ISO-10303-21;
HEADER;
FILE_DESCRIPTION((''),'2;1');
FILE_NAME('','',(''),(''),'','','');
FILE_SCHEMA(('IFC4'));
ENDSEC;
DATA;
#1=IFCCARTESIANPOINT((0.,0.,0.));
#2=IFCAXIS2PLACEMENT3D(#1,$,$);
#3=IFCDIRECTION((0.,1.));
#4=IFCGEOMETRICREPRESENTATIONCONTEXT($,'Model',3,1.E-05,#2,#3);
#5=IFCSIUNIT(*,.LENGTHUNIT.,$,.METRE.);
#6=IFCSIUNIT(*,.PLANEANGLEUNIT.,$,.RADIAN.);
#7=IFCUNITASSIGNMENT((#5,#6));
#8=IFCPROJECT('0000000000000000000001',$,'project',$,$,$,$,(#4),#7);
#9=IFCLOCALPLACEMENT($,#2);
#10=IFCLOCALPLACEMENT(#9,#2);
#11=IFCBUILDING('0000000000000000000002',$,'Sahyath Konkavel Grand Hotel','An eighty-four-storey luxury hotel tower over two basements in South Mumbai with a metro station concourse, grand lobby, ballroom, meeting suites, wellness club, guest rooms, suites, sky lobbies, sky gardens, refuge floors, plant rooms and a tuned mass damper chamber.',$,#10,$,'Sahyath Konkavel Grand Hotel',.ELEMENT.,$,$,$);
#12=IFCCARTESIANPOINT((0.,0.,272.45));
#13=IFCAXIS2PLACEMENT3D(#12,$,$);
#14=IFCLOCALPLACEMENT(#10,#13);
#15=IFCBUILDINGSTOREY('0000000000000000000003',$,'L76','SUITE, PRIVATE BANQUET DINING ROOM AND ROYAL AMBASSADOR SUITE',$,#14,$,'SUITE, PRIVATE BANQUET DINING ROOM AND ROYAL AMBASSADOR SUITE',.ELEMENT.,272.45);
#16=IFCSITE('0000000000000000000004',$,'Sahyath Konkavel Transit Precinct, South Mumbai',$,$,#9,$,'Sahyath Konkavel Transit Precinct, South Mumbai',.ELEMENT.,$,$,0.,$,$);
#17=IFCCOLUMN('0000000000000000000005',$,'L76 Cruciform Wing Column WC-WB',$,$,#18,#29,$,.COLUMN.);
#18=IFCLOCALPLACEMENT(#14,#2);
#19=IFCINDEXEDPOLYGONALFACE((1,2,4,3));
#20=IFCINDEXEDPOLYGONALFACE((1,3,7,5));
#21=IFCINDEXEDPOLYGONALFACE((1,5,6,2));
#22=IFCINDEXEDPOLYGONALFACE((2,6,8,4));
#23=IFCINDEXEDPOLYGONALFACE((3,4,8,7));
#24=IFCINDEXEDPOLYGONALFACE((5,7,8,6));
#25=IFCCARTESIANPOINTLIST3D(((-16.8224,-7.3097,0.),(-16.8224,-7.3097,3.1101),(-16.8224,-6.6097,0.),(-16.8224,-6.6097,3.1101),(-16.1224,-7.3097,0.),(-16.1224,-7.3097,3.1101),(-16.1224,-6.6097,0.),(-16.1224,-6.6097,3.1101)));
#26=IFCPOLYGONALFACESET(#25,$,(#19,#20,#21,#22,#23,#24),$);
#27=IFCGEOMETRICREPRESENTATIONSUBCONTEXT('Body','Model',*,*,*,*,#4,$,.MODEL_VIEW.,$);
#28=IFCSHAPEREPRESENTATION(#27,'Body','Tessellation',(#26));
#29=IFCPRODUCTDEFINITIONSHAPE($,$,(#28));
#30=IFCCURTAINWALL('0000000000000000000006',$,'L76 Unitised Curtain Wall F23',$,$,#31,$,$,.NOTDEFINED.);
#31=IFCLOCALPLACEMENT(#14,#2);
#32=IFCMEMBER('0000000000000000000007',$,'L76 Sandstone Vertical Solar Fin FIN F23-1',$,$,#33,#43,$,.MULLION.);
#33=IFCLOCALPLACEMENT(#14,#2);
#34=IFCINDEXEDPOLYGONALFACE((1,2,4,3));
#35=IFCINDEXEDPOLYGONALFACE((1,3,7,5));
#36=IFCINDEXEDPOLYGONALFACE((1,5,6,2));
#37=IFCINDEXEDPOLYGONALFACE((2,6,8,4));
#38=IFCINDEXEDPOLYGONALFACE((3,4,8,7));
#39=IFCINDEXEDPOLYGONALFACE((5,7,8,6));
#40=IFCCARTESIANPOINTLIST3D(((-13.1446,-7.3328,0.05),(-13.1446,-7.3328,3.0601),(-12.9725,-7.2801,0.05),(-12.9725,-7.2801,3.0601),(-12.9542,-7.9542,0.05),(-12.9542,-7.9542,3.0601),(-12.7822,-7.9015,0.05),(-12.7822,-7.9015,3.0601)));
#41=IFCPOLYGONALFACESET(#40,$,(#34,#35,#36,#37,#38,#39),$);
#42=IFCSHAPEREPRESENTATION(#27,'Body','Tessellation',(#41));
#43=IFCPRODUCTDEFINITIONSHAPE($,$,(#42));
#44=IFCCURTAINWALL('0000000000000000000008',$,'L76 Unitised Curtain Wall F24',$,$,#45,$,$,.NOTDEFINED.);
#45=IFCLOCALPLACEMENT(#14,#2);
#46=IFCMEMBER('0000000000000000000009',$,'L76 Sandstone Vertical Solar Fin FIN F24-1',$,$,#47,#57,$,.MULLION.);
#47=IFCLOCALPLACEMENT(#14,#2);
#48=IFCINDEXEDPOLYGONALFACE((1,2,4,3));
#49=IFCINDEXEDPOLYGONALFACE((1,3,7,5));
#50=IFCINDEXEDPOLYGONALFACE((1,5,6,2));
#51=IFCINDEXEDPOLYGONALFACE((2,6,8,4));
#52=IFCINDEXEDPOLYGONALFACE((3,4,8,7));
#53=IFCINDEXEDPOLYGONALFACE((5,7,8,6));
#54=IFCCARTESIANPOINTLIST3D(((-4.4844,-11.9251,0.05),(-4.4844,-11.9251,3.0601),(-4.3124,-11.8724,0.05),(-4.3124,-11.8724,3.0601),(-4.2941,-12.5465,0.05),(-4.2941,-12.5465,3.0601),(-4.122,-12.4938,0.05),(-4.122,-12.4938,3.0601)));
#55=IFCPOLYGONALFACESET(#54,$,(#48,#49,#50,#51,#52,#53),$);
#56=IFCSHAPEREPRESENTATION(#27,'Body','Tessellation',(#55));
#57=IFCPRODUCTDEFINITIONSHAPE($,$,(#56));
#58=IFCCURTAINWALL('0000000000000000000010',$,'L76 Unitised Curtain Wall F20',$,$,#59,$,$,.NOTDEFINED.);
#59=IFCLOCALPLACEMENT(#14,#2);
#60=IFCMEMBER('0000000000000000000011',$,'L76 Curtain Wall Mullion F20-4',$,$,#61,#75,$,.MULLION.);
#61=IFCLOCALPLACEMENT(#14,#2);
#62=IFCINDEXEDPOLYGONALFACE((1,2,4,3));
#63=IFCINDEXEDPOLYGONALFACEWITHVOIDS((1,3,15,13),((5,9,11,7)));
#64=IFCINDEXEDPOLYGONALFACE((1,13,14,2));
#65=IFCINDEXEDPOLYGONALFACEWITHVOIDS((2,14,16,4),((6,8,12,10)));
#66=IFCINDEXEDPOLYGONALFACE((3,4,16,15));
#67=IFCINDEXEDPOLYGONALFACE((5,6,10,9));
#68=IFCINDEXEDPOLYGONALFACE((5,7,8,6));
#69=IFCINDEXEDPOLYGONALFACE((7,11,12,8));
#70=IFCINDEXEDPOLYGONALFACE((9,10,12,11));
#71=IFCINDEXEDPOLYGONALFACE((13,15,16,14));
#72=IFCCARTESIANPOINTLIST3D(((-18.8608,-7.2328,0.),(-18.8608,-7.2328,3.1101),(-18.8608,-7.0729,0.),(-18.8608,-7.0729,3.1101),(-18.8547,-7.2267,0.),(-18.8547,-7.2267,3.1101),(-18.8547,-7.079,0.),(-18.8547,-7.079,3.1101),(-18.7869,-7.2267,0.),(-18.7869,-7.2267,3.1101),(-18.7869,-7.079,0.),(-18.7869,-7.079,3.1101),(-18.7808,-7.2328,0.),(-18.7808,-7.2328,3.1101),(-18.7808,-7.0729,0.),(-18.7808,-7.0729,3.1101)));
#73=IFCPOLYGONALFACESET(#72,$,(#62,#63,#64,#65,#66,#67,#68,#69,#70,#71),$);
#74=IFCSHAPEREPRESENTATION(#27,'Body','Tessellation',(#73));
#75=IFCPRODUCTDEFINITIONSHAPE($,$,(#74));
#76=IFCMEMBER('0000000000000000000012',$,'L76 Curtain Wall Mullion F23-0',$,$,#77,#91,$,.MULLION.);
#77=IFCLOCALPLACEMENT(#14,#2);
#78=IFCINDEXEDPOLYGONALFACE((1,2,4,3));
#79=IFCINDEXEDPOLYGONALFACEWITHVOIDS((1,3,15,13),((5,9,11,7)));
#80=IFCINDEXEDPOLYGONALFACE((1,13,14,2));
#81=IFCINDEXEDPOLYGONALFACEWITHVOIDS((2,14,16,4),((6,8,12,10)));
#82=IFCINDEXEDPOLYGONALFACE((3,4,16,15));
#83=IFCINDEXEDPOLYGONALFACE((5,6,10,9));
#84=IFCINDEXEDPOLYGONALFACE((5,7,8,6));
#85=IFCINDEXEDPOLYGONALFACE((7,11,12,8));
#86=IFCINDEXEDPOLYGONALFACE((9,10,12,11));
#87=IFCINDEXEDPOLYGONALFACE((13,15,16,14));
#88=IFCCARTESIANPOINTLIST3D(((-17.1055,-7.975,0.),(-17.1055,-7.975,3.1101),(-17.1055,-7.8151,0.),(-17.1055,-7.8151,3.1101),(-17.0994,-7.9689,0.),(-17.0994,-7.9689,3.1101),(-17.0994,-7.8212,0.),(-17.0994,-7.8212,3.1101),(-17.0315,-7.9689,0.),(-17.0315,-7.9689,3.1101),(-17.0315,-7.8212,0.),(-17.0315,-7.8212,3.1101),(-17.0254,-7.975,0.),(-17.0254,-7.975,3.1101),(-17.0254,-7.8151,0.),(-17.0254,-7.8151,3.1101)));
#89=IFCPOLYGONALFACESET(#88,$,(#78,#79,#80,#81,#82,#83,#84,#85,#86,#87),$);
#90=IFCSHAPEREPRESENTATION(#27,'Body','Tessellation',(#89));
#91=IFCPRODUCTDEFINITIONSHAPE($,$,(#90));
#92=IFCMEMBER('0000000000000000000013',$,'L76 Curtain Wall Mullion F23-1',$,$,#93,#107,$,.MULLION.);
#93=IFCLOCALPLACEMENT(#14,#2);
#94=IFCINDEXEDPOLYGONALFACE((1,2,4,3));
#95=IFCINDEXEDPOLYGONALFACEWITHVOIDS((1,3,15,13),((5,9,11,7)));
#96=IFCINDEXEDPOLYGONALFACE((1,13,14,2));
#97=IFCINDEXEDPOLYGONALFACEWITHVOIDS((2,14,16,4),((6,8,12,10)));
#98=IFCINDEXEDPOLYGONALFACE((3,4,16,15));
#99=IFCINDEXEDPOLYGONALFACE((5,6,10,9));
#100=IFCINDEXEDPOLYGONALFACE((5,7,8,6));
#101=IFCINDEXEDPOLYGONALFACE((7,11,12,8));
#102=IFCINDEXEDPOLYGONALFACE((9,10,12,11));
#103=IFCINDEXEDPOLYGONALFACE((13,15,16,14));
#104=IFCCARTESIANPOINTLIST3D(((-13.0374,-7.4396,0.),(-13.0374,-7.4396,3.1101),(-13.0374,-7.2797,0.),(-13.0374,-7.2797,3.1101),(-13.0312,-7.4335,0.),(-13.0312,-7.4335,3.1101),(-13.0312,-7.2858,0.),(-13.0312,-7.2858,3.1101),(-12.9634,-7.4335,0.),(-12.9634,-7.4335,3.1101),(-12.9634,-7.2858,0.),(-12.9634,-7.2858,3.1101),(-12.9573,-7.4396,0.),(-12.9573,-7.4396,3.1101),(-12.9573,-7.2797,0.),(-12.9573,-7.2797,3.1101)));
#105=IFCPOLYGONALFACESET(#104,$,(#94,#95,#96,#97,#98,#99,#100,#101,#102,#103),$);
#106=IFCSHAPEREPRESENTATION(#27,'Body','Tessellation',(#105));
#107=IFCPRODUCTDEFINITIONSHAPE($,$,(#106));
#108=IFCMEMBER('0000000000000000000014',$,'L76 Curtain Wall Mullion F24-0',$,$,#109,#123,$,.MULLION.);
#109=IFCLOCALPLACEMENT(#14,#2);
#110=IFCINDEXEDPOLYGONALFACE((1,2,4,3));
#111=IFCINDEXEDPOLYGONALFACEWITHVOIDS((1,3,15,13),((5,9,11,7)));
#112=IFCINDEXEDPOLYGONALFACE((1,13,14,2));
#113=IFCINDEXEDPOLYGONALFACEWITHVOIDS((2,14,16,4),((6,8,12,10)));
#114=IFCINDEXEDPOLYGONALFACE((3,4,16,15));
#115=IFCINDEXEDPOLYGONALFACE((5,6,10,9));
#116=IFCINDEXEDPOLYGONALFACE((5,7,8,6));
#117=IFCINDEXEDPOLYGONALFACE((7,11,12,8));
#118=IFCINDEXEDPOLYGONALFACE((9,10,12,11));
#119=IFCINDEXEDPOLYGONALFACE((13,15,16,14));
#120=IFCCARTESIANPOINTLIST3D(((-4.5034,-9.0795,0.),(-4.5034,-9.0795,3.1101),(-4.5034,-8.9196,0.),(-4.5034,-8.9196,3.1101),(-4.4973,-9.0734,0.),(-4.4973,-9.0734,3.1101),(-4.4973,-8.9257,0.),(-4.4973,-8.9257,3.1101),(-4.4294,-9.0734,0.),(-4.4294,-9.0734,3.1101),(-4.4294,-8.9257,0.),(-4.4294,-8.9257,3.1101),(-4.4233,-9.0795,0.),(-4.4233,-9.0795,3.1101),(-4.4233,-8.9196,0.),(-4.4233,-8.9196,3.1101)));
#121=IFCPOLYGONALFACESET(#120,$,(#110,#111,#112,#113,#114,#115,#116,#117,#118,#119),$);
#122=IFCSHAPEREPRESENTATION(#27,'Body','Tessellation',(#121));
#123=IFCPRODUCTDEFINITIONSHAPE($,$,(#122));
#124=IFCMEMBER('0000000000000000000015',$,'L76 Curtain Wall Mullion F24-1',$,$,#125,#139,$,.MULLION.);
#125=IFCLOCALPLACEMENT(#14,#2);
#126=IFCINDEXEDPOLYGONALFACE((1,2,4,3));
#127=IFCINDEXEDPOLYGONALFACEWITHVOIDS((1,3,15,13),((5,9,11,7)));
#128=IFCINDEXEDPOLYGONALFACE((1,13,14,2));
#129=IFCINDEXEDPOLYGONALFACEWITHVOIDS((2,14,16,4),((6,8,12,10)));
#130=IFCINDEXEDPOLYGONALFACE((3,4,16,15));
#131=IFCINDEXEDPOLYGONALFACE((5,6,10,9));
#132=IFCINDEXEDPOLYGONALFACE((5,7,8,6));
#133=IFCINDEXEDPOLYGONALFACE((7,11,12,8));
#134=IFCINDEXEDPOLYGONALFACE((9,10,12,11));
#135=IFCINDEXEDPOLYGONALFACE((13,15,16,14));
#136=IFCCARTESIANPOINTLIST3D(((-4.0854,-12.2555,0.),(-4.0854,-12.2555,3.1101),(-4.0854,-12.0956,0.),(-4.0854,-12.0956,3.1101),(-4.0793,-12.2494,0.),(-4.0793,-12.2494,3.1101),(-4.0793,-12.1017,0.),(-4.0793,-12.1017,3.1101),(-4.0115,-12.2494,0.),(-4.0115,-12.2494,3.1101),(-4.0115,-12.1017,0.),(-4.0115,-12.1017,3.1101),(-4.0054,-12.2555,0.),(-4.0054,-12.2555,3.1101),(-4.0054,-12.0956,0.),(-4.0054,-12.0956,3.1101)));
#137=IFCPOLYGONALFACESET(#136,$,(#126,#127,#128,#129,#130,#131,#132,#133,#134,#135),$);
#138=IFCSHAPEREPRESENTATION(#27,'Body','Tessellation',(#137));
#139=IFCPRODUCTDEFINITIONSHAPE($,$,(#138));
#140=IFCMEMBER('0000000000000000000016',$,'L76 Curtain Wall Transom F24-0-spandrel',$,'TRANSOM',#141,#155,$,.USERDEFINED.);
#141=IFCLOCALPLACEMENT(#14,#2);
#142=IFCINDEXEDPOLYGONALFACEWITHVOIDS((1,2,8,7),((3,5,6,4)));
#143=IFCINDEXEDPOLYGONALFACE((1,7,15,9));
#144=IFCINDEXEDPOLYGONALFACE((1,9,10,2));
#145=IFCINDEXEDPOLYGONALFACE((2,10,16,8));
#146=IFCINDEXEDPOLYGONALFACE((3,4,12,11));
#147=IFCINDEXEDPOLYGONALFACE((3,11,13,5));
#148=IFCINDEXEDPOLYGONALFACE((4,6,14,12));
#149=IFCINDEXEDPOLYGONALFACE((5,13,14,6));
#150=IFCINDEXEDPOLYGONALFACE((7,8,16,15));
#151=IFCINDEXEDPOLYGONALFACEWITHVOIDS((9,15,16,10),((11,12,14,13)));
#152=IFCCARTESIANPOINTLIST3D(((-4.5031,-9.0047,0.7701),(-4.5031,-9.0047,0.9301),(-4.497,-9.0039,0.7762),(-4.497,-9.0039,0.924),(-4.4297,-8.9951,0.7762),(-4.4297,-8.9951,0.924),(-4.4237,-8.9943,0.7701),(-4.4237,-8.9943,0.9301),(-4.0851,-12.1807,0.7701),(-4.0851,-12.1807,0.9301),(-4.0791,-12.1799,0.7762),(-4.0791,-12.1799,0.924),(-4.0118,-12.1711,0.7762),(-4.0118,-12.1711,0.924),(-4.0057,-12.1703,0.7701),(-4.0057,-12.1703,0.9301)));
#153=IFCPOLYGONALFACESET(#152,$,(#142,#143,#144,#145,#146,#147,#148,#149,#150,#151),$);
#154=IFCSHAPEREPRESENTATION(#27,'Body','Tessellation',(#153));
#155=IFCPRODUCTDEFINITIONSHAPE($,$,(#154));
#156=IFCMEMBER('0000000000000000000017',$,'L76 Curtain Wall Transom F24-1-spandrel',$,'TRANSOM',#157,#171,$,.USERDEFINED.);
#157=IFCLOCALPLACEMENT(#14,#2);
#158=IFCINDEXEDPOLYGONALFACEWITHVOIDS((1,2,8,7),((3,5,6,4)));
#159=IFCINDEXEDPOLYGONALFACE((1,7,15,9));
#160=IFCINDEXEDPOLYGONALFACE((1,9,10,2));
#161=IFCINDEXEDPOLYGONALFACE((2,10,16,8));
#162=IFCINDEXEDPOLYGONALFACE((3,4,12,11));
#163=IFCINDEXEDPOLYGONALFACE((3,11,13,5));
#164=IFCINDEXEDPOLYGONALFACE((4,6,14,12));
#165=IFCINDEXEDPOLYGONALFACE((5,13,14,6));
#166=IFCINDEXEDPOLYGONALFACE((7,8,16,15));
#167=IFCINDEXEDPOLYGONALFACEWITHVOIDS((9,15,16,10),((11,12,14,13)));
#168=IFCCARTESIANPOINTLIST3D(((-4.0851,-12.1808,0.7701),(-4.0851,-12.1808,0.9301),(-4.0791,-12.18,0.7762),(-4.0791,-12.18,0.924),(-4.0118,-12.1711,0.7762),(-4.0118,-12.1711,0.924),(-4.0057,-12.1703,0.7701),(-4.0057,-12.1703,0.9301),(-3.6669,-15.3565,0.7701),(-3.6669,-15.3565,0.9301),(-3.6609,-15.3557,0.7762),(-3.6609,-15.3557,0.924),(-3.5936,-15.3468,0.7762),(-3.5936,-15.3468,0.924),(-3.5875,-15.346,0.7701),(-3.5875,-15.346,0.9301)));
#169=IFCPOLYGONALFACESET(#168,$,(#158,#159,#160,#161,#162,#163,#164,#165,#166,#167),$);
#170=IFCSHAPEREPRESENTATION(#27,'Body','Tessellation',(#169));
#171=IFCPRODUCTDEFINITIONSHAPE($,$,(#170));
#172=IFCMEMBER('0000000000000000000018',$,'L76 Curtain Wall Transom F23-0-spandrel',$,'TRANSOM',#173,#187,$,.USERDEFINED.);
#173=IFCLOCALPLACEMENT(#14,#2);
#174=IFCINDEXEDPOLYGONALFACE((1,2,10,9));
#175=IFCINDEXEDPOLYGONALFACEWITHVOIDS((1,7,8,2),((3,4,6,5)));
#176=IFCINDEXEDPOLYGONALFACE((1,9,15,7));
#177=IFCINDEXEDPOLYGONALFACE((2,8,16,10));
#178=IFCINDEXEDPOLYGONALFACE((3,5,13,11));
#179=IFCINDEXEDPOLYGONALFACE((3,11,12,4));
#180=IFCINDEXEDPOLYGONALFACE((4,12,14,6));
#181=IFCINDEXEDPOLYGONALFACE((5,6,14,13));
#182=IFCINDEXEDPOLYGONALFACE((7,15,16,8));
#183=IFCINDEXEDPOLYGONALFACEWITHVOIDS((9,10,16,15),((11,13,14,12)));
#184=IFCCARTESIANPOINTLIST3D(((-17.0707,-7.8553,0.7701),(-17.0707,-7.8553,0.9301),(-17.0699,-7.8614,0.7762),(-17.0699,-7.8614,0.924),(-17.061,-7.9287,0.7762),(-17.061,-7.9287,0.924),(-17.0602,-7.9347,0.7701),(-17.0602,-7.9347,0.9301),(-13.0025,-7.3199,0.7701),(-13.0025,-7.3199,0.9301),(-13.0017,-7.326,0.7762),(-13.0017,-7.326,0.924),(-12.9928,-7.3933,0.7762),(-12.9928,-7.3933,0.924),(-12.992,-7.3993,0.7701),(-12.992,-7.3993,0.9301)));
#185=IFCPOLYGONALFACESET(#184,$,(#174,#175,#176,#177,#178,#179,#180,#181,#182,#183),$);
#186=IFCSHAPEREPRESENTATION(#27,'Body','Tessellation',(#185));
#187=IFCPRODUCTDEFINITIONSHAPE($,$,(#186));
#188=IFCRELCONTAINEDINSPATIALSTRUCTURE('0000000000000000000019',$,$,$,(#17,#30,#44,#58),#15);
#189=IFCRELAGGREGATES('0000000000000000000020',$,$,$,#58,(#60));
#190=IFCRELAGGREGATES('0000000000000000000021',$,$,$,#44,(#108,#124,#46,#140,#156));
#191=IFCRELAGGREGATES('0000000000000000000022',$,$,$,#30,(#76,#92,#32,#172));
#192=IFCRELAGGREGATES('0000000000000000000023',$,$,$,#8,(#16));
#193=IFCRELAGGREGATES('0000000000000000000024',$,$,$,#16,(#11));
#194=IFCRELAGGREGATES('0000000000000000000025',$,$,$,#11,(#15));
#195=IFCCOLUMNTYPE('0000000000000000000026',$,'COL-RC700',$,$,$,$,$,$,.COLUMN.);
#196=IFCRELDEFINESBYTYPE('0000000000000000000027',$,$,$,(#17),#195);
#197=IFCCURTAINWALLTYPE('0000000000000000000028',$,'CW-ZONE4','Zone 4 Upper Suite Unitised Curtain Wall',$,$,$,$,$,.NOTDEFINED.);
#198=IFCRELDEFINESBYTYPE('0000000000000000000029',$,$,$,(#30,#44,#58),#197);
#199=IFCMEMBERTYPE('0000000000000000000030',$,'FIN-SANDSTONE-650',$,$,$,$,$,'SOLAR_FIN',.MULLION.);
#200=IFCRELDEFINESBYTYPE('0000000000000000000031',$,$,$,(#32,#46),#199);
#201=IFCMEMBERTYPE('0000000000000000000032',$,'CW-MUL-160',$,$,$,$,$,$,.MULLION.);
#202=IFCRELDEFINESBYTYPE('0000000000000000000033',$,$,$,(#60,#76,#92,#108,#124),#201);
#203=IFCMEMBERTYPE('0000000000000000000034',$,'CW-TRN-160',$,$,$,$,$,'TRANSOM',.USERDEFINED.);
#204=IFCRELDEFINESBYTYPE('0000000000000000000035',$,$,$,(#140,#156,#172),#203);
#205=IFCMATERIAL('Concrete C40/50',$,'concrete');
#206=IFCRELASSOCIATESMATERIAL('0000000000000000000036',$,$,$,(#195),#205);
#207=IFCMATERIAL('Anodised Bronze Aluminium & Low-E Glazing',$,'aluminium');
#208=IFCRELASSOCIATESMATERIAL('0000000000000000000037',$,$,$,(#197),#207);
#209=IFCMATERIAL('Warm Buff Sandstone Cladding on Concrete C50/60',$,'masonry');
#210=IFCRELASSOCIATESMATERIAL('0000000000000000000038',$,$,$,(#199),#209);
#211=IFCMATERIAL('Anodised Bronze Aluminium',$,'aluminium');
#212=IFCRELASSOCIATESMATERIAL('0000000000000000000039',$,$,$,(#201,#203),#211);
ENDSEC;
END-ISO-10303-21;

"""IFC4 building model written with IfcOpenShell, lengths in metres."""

from ifc_helpers import new_model, si_unit, direction, frame, origin, origin_2d, place, context, subcontext, project, spatial, rectangle, hollow_rectangle, extrude, source, transform, mapped, material, material_profile, profile_set, type_object, element, aggregate, save


model = new_model("IFC4")

# Units and contexts
model_context = context("Model", 3, precision=1e-05, world=origin(), true_north=direction((0.0, 1.0)))
body_context = subcontext(model_context, "Body", "Model", "MODEL_VIEW")
ifc_project = project(units=[si_unit("LENGTHUNIT", "METRE"), si_unit("PLANEANGLEUNIT", "RADIAN")], contexts=[model_context])

# Site, building, storey
site_placement = place(None, origin())
site = spatial("IfcSite", under=ifc_project, at=site_placement, Name="Sahyath Konkavel Transit Precinct, South Mumbai", LongName="Sahyath Konkavel Transit Precinct, South Mumbai", CompositionType="ELEMENT", RefElevation=0.0)
building_placement = place(site_placement, origin())
building = spatial("IfcBuilding", under=site, at=building_placement, Name="Sahyath Konkavel Grand Hotel", Description="An eighty-four-storey luxury hotel tower over two basements in South Mumbai with a metro station concourse, grand lobby, ballroom, meeting suites, wellness club, guest rooms, suites, sky lobbies, sky gardens, refuge floors, plant rooms and a tuned mass damper chamber.", LongName="Sahyath Konkavel Grand Hotel", CompositionType="ELEMENT")
storey_placement = place(building_placement, frame((0.0, 0.0, 272.45)))
storey = spatial("IfcBuildingStorey", under=building, at=storey_placement, Name="L76", Description="SUITE, PRIVATE BANQUET DINING ROOM AND ROYAL AMBASSADOR SUITE", LongName="SUITE, PRIVATE BANQUET DINING ROOM AND ROYAL AMBASSADOR SUITE", CompositionType="ELEMENT", Elevation=272.45)

# Column
ifc_material_1 = material(Name="Concrete C40/50", Category="concrete")
ifc_material_profile_1 = material_profile(ifc_material_1, rectangle(XDim=0.7, YDim=0.7, at=origin_2d()), Name="RC 700x700")
ifc_profile_set_1 = profile_set([ifc_material_profile_1], Name="Concrete C40/50")
column_type = type_object("IfcColumnType", Name="COL-RC700", PredefinedType="COLUMN", material=ifc_profile_set_1)
shared_shape_1 = source(origin(), body_context, "Body", "SweptSolid", [
    extrude(rectangle(XDim=0.7, YDim=0.7, at=origin_2d()), origin(), (0.0, 0.0, 1.0), 3.1101),
])
column_placement = place(storey_placement, frame((-16.4724, -6.9597, 0.0), z_axis=(0.0, 0.0, 1.0), x_axis=(1.0, 0.0, 0.0)))
element("IfcColumn", 1, at=column_placement, inside=storey, type_object=column_type, Name="L76 Cruciform Wing Column WC-WB", PredefinedType="COLUMN", context=body_context, shape_type="MappedRepresentation", body=[
    mapped(shared_shape_1, transform((0.0, 0.0, 0.0), scale=1.0)),
])

# Curtain walls, members
ifc_material_2 = material(Name="Anodised Bronze Aluminium & Low-E Glazing", Category="aluminium")
curtain_wall_type = type_object("IfcCurtainWallType", Name="CW-ZONE4", Description="Zone 4 Upper Suite Unitised Curtain Wall", PredefinedType="NOTDEFINED", material=ifc_material_2)
curtain_wall_1_placement = place(storey_placement, origin())
curtain_wall_1 = element("IfcCurtainWall", 2, at=curtain_wall_1_placement, inside=storey, type_object=curtain_wall_type, Name="L76 Unitised Curtain Wall F23", PredefinedType="NOTDEFINED")
ifc_material_3 = material(Name="Warm Buff Sandstone Cladding on Concrete C50/60", Category="masonry")
ifc_material_profile_2 = material_profile(ifc_material_3, rectangle(XDim=0.1799, YDim=0.6499, at=origin_2d()), Name="FIN 180x650")
ifc_profile_set_2 = profile_set([ifc_material_profile_2], Name="Warm Buff Sandstone Cladding on Concrete C50/60")
member_type_1 = type_object("IfcMemberType", Name="FIN-SANDSTONE-650", ElementType="SOLAR_FIN", PredefinedType="MULLION", material=ifc_profile_set_2)
shared_shape_2 = source(origin(), body_context, "Body", "SweptSolid", [
    extrude(rectangle(XDim=0.1799, YDim=0.6499, at=origin_2d()), origin(), (0.0, 0.0, 1.0), 3.01),
])
member_1_placement = place(storey_placement, frame((-12.9634, -7.6172, 0.05), z_axis=(0.0, 0.0, 1.0), x_axis=(0.956152, 0.292872, 0.0)))
member_1 = element("IfcMember", 3, at=member_1_placement, type_object=member_type_1, Name="L76 Sandstone Vertical Solar Fin FIN F23-1", PredefinedType="MULLION", context=body_context, shape_type="MappedRepresentation", body=[
    mapped(shared_shape_2, transform((0.0, 0.0, 0.0), scale=1.0)),
])
curtain_wall_2_placement = place(storey_placement, origin())
curtain_wall_2 = element("IfcCurtainWall", 4, at=curtain_wall_2_placement, inside=storey, type_object=curtain_wall_type, Name="L76 Unitised Curtain Wall F24", PredefinedType="NOTDEFINED")
member_2_placement = place(storey_placement, frame((-4.3032, -12.2095, 0.05), z_axis=(0.0, 0.0, 1.0), x_axis=(0.956152, 0.292872, 0.0)))
member_2 = element("IfcMember", 5, at=member_2_placement, type_object=member_type_1, Name="L76 Sandstone Vertical Solar Fin FIN F24-1", PredefinedType="MULLION", context=body_context, shape_type="MappedRepresentation", body=[
    mapped(shared_shape_2, transform((0.0, 0.0, 0.0), scale=1.0)),
])
curtain_wall_3_placement = place(storey_placement, origin())
curtain_wall_3 = element("IfcCurtainWall", 6, at=curtain_wall_3_placement, inside=storey, type_object=curtain_wall_type, Name="L76 Unitised Curtain Wall F20", PredefinedType="NOTDEFINED")
ifc_material_4 = material(Name="Anodised Bronze Aluminium", Category="aluminium")
ifc_material_profile_3 = material_profile(ifc_material_4, hollow_rectangle(XDim=0.0801, YDim=0.1599, WallThickness=0.0061, at=origin_2d()), Name="RHS 160x80x6")
ifc_profile_set_3 = profile_set([ifc_material_profile_3], Name="Anodised Bronze Aluminium")
member_type_2 = type_object("IfcMemberType", Name="CW-MUL-160", PredefinedType="MULLION", material=ifc_profile_set_3)
shared_shape_3 = source(origin(), body_context, "Body", "SweptSolid", [
    extrude(hollow_rectangle(XDim=0.0801, YDim=0.1599, WallThickness=0.0061, at=origin_2d()), origin(), (0.0, 0.0, 1.0), 3.1101),
])
member_3_placement = place(storey_placement, frame((-18.8208, -7.1528, 0.0), z_axis=(0.0, 0.0, 1.0), x_axis=(1.0, 0.0, 0.0)))
member_3 = element("IfcMember", 7, at=member_3_placement, type_object=member_type_2, Name="L76 Curtain Wall Mullion F20-4", PredefinedType="MULLION", context=body_context, shape_type="MappedRepresentation", body=[
    mapped(shared_shape_3, transform((0.0, 0.0, 0.0), scale=1.0)),
])
aggregate(curtain_wall_3, [member_3])

# Members
member_4_placement = place(storey_placement, frame((-17.0654, -7.895, 0.0), z_axis=(0.0, 0.0, 1.0), x_axis=(1.0, 0.0, 0.0)))
member_4 = element("IfcMember", 8, at=member_4_placement, type_object=member_type_2, Name="L76 Curtain Wall Mullion F23-0", PredefinedType="MULLION", context=body_context, shape_type="MappedRepresentation", body=[
    mapped(shared_shape_3, transform((0.0, 0.0, 0.0), scale=1.0)),
])
member_5_placement = place(storey_placement, frame((-12.9973, -7.3596, 0.0), z_axis=(0.0, 0.0, 1.0), x_axis=(1.0, 0.0, 0.0)))
member_5 = element("IfcMember", 9, at=member_5_placement, type_object=member_type_2, Name="L76 Curtain Wall Mullion F23-1", PredefinedType="MULLION", context=body_context, shape_type="MappedRepresentation", body=[
    mapped(shared_shape_3, transform((0.0, 0.0, 0.0), scale=1.0)),
])
member_6_placement = place(storey_placement, frame((-4.4634, -8.9995, 0.0), z_axis=(0.0, 0.0, 1.0), x_axis=(1.0, 0.0, 0.0)))
member_6 = element("IfcMember", 10, at=member_6_placement, type_object=member_type_2, Name="L76 Curtain Wall Mullion F24-0", PredefinedType="MULLION", context=body_context, shape_type="MappedRepresentation", body=[
    mapped(shared_shape_3, transform((0.0, 0.0, 0.0), scale=1.0)),
])
member_7_placement = place(storey_placement, frame((-4.0454, -12.1755, 0.0), z_axis=(0.0, 0.0, 1.0), x_axis=(1.0, 0.0, 0.0)))
member_7 = element("IfcMember", 11, at=member_7_placement, type_object=member_type_2, Name="L76 Curtain Wall Mullion F24-1", PredefinedType="MULLION", context=body_context, shape_type="MappedRepresentation", body=[
    mapped(shared_shape_3, transform((0.0, 0.0, 0.0), scale=1.0)),
])
ifc_material_profile_4 = material_profile(ifc_material_4, hollow_rectangle(XDim=0.0801, YDim=0.1599, WallThickness=0.0061, at=origin_2d()), Name="RHS 160x80x6")
ifc_profile_set_4 = profile_set([ifc_material_profile_4], Name="Anodised Bronze Aluminium")
member_type_3 = type_object("IfcMemberType", Name="CW-TRN-160", ElementType="TRANSOM", PredefinedType="USERDEFINED", material=ifc_profile_set_4)
shared_shape_4 = source(origin(), body_context, "Body", "SweptSolid", [
    extrude(hollow_rectangle(XDim=0.0801, YDim=0.1599, WallThickness=0.0061, at=origin_2d()), origin(), (0.0, 0.0, 1.0), 3.2034),
])
member_8_placement = place(storey_placement, frame((-4.4634, -8.9995, 0.8501), z_axis=(0.130476, -0.991451, 0.0), x_axis=(0.991451, 0.130476, 0.0)))
member_8 = element("IfcMember", 12, at=member_8_placement, type_object=member_type_3, Name="L76 Curtain Wall Transom F24-0-spandrel", ObjectType="TRANSOM", PredefinedType="USERDEFINED", context=body_context, shape_type="MappedRepresentation", body=[
    mapped(shared_shape_4, transform((0.0, 0.0, 0.0), scale=1.0)),
])
shared_shape_5 = source(origin(), body_context, "Body", "SweptSolid", [
    extrude(hollow_rectangle(XDim=0.0801, YDim=0.1599, WallThickness=0.0061, at=origin_2d()), origin(), (0.0, 0.0, 1.0), 3.2031),
])
member_9_placement = place(storey_placement, frame((-4.0454, -12.1755, 0.8501), z_axis=(0.130561, -0.99144, 0.0), x_axis=(0.99144, 0.130561, 0.0)))
member_9 = element("IfcMember", 13, at=member_9_placement, type_object=member_type_3, Name="L76 Curtain Wall Transom F24-1-spandrel", ObjectType="TRANSOM", PredefinedType="USERDEFINED", context=body_context, shape_type="MappedRepresentation", body=[
    mapped(shared_shape_5, transform((0.0, 0.0, 0.0), scale=1.0)),
])
shared_shape_6 = source(origin(), body_context, "Body", "SweptSolid", [
    extrude(hollow_rectangle(XDim=0.0801, YDim=0.1599, WallThickness=0.0061, at=origin_2d()), origin(), (0.0, 0.0, 1.0), 4.1033),
])
member_10_placement = place(storey_placement, frame((-17.0654, -7.895, 0.8501), z_axis=(0.99145, 0.130484, 0.0), x_axis=(-0.130484, 0.99145, 0.0)))
member_10 = element("IfcMember", 14, at=member_10_placement, type_object=member_type_3, Name="L76 Curtain Wall Transom F23-0-spandrel", ObjectType="TRANSOM", PredefinedType="USERDEFINED", context=body_context, shape_type="MappedRepresentation", body=[
    mapped(shared_shape_6, transform((0.0, 0.0, 0.0), scale=1.0)),
])

aggregate(curtain_wall_2, [member_6, member_7, member_2, member_8, member_9])
aggregate(curtain_wall_1, [member_4, member_5, member_1, member_10])

save(model, "model.ifc")
